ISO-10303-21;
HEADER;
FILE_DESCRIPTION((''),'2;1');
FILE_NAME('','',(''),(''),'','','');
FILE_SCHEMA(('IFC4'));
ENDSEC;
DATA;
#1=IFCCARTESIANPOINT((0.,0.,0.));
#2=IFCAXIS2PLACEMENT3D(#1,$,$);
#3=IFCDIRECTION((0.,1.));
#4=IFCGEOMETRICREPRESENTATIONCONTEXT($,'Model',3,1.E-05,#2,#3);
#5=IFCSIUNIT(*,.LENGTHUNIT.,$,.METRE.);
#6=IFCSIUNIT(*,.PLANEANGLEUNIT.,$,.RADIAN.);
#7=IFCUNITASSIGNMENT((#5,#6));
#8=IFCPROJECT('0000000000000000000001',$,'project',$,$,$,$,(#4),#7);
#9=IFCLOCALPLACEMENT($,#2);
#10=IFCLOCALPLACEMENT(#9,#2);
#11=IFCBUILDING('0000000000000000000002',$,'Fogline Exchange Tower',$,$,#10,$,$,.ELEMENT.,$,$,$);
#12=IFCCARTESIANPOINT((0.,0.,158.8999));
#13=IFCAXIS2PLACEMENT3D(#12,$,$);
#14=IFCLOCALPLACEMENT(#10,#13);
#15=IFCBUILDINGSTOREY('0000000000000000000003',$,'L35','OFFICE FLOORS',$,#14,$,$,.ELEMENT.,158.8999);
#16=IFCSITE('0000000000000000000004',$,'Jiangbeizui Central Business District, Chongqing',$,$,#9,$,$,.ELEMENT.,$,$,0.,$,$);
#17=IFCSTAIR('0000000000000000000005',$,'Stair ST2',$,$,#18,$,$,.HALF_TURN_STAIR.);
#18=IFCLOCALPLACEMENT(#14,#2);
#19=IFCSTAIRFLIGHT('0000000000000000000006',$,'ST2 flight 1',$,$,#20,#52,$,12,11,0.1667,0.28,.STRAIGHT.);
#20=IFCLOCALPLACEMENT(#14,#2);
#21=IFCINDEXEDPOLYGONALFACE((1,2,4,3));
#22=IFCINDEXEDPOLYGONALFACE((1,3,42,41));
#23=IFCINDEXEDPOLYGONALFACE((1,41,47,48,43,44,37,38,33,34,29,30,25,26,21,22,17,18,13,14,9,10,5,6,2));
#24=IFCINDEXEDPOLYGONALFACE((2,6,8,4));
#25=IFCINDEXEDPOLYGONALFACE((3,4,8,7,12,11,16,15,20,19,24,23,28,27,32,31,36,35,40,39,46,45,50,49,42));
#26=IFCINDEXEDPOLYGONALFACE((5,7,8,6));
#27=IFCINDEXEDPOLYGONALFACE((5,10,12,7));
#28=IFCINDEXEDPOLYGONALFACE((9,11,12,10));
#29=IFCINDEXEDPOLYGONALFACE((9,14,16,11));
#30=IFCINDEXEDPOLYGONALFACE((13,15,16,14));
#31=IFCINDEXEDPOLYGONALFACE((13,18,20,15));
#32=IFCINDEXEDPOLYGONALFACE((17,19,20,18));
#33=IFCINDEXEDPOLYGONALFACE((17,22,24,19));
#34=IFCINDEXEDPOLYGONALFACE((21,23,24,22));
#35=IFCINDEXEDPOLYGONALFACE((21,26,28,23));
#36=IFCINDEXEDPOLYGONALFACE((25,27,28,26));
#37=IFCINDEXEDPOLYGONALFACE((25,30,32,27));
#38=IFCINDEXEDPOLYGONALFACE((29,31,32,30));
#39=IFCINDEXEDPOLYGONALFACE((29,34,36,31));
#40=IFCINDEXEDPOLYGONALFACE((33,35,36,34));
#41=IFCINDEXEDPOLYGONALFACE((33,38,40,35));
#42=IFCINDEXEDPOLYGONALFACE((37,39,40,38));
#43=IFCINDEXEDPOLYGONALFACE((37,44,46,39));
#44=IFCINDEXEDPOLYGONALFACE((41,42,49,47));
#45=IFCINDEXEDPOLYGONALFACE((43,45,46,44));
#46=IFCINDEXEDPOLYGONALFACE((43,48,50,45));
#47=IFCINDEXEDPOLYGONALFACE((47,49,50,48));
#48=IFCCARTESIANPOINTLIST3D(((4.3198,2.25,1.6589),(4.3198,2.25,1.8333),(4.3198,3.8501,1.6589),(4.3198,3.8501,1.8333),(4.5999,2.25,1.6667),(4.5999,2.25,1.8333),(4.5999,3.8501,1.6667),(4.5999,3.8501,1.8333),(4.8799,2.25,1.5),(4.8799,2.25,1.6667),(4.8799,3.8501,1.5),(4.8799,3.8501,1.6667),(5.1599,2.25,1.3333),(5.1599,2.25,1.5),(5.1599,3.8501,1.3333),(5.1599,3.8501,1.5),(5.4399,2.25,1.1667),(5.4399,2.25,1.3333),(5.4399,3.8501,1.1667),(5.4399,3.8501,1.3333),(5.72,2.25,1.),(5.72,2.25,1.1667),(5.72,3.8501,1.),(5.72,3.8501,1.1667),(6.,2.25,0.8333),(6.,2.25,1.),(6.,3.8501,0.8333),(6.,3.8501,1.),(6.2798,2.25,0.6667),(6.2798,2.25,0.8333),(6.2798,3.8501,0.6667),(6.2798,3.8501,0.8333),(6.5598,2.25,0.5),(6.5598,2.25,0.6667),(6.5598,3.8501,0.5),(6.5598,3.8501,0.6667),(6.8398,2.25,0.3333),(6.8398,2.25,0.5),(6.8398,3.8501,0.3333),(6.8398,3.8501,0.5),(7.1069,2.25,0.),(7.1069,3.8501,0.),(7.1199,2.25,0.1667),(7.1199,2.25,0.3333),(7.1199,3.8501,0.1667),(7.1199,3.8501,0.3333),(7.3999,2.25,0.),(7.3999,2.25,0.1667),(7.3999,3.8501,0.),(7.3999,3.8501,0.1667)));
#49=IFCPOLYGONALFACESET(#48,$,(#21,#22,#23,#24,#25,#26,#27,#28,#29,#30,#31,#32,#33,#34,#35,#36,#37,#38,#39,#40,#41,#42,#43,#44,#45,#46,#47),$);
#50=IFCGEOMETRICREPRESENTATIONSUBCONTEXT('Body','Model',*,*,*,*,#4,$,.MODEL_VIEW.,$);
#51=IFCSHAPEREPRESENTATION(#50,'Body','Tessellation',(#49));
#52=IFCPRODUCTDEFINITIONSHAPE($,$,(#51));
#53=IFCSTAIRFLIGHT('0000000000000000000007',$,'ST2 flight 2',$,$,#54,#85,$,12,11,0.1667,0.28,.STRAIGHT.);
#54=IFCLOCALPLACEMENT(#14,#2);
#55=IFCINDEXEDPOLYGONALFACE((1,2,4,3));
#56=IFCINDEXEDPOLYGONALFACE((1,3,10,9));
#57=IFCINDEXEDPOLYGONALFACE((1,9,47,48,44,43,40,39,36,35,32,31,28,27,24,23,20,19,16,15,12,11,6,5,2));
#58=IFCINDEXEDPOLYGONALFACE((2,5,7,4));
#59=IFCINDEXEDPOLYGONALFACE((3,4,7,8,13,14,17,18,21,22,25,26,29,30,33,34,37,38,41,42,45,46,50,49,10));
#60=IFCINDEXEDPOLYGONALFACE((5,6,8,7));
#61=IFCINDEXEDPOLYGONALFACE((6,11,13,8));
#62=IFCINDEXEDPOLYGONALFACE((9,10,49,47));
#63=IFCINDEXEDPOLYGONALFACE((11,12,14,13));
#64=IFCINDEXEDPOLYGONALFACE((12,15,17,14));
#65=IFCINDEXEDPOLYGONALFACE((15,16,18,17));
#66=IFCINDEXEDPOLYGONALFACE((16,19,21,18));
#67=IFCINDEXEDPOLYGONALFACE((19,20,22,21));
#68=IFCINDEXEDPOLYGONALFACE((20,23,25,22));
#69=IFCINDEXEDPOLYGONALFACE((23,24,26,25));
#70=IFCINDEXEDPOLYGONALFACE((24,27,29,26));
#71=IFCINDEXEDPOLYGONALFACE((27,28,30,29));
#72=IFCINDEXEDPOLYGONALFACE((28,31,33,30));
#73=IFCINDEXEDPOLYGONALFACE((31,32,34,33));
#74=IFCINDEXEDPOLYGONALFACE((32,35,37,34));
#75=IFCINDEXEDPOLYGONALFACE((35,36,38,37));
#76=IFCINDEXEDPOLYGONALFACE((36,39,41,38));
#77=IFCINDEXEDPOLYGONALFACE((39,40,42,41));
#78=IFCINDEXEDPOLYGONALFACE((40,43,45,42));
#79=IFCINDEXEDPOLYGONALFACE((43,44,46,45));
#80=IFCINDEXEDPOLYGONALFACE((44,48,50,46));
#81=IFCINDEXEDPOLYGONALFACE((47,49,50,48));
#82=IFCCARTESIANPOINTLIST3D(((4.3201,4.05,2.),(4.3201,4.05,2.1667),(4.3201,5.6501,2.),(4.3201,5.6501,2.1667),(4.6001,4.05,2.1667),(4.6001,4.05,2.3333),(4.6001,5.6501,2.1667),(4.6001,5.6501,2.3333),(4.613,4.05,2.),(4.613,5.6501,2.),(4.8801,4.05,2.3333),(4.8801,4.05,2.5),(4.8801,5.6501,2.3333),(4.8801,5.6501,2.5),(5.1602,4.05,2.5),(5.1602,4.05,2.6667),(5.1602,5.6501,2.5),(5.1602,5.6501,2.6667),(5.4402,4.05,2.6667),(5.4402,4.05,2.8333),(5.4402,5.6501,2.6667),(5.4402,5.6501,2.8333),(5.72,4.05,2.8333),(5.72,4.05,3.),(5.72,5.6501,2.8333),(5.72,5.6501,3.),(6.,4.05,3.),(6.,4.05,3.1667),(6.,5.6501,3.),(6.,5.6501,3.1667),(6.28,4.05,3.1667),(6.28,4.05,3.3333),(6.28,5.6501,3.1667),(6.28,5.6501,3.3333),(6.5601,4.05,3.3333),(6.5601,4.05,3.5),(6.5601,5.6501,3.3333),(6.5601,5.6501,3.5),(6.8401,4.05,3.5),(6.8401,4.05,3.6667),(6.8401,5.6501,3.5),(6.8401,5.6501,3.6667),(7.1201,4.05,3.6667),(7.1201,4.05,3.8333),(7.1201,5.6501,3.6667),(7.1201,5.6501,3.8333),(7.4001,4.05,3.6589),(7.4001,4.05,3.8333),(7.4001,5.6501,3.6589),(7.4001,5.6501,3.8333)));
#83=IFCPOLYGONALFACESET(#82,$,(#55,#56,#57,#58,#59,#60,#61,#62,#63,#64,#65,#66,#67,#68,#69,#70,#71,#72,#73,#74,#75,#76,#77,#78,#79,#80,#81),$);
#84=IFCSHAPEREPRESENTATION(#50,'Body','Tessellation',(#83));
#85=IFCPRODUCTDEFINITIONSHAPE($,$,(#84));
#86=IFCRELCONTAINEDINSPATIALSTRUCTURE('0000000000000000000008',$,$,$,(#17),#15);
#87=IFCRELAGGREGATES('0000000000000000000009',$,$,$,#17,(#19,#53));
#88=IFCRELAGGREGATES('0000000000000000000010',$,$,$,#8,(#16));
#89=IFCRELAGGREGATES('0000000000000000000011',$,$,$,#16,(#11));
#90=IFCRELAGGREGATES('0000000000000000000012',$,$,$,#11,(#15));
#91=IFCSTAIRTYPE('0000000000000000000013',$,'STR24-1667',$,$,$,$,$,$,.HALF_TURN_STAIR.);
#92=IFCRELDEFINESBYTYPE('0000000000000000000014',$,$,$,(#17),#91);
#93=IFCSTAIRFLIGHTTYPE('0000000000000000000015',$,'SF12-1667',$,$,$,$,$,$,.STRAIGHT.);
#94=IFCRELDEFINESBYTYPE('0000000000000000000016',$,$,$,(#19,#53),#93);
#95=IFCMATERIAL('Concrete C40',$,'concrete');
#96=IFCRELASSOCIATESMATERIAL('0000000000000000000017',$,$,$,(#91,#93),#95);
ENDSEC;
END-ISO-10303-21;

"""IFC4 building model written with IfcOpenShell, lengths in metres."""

from ifc_helpers import new_model, si_unit, direction, frame, origin, place, context, subcontext, project, spatial, polyline, outline, extrude, material, type_object, element, aggregate, save


model = new_model("IFC4")

# Units and contexts
model_context = context("Model", 3, precision=1e-05, world=origin(), true_north=direction((0.0, 1.0)))
body_context = subcontext(model_context, "Body", "Model", "MODEL_VIEW")
ifc_project = project(units=[si_unit("LENGTHUNIT", "METRE"), si_unit("PLANEANGLEUNIT", "RADIAN")], contexts=[model_context])

# Site, building, storey
site_placement = place(None, origin())
site = spatial("IfcSite", under=ifc_project, at=site_placement, Name="Jiangbeizui Central Business District, Chongqing", CompositionType="ELEMENT", RefElevation=0.0)
building_placement = place(site_placement, origin())
building = spatial("IfcBuilding", under=site, at=building_placement, Name="Fogline Exchange Tower", CompositionType="ELEMENT")
storey_placement = place(building_placement, frame((0.0, 0.0, 158.8999)))
storey = spatial("IfcBuildingStorey", under=building, at=storey_placement, Name="L35", Description="OFFICE FLOORS", CompositionType="ELEMENT", Elevation=158.8999)

# Shared definitions
ifc_material_1 = material(Name="Concrete C40", Category="concrete")

# Shared definitions
stair_type = type_object("IfcStairType", Name="STR24-1667", PredefinedType="HALF_TURN_STAIR", material=ifc_material_1)

# Stair, stair flights
stair_1_placement = place(storey_placement, origin())
stair_1 = element("IfcStair", 1, at=stair_1_placement, inside=storey, type_object=stair_type, Name="Stair ST2", PredefinedType="HALF_TURN_STAIR")
stair_flight_type = type_object("IfcStairFlightType", Name="SF12-1667", PredefinedType="STRAIGHT", material=ifc_material_1)
stair_flight_1_placement = place(storey_placement, frame((7.3999, 3.05, 0.0), z_axis=(0.0, 0.0, 1.0), x_axis=(-1.0, 0.0, 0.0)))
stair_flight_1 = element("IfcStairFlight", 2, at=stair_flight_1_placement, type_object=stair_flight_type, Name="ST2 flight 1", NumberOfRisers=12, NumberOfTreads=11, PredefinedType="STRAIGHT", RiserHeight=0.1667, TreadLength=0.28, context=body_context, shape_type="SweptSolid", body=[
    extrude(outline(polyline([(0.0, 0.0), (0.0, 0.1667), (0.28, 0.1667), (0.28, 0.3333), (0.5601, 0.3333), (0.5601, 0.5), (0.8401, 0.5), (0.8401, 0.6667), (1.1201, 0.6667), (1.1201, 0.8333), (1.3999, 0.8333), (1.3999, 1.0), (1.6799, 1.0), (1.6799, 1.1667), (1.96, 1.1667), (1.96, 1.3333), (2.24, 1.3333), (2.24, 1.5), (2.52, 1.5), (2.52, 1.6667), (2.8, 1.6667), (2.8, 1.8333), (3.0801, 1.8333), (3.0801, 2.0), (3.0801, 1.6589), (0.293, 0.0), (0.0, 0.0)])), frame((0.0, 0.8, 0.0), z_axis=(0.0, -1.0, 0.0), x_axis=(1.0, 0.0, 0.0)), (0.0, 0.0, 1.0), 1.6001),
])
stair_flight_2_placement = place(storey_placement, frame((4.3201, 4.8501, 2.0), z_axis=(0.0, 0.0, 1.0), x_axis=(1.0, 0.0, 0.0)))
stair_flight_2 = element("IfcStairFlight", 3, at=stair_flight_2_placement, type_object=stair_flight_type, Name="ST2 flight 2", NumberOfRisers=12, NumberOfTreads=11, PredefinedType="STRAIGHT", RiserHeight=0.1667, TreadLength=0.28, context=body_context, shape_type="SweptSolid", body=[
    extrude(outline(polyline([(0.0, 0.0), (0.0, 0.1667), (0.28, 0.1667), (0.28, 0.3333), (0.5601, 0.3333), (0.5601, 0.5), (0.8401, 0.5), (0.8401, 0.6667), (1.1201, 0.6667), (1.1201, 0.8333), (1.3999, 0.8333), (1.3999, 1.0), (1.6799, 1.0), (1.6799, 1.1667), (1.96, 1.1667), (1.96, 1.3333), (2.24, 1.3333), (2.24, 1.5), (2.52, 1.5), (2.52, 1.6667), (2.8, 1.6667), (2.8, 1.8333), (3.0801, 1.8333), (3.0801, 2.0), (3.0801, 1.6589), (0.293, 0.0), (0.0, 0.0)])), frame((0.0, 0.8, 0.0), z_axis=(0.0, -1.0, 0.0), x_axis=(1.0, 0.0, 0.0)), (0.0, 0.0, 1.0), 1.6001),
])
aggregate(stair_1, [stair_flight_1, stair_flight_2])

save(model, "model.ifc")
